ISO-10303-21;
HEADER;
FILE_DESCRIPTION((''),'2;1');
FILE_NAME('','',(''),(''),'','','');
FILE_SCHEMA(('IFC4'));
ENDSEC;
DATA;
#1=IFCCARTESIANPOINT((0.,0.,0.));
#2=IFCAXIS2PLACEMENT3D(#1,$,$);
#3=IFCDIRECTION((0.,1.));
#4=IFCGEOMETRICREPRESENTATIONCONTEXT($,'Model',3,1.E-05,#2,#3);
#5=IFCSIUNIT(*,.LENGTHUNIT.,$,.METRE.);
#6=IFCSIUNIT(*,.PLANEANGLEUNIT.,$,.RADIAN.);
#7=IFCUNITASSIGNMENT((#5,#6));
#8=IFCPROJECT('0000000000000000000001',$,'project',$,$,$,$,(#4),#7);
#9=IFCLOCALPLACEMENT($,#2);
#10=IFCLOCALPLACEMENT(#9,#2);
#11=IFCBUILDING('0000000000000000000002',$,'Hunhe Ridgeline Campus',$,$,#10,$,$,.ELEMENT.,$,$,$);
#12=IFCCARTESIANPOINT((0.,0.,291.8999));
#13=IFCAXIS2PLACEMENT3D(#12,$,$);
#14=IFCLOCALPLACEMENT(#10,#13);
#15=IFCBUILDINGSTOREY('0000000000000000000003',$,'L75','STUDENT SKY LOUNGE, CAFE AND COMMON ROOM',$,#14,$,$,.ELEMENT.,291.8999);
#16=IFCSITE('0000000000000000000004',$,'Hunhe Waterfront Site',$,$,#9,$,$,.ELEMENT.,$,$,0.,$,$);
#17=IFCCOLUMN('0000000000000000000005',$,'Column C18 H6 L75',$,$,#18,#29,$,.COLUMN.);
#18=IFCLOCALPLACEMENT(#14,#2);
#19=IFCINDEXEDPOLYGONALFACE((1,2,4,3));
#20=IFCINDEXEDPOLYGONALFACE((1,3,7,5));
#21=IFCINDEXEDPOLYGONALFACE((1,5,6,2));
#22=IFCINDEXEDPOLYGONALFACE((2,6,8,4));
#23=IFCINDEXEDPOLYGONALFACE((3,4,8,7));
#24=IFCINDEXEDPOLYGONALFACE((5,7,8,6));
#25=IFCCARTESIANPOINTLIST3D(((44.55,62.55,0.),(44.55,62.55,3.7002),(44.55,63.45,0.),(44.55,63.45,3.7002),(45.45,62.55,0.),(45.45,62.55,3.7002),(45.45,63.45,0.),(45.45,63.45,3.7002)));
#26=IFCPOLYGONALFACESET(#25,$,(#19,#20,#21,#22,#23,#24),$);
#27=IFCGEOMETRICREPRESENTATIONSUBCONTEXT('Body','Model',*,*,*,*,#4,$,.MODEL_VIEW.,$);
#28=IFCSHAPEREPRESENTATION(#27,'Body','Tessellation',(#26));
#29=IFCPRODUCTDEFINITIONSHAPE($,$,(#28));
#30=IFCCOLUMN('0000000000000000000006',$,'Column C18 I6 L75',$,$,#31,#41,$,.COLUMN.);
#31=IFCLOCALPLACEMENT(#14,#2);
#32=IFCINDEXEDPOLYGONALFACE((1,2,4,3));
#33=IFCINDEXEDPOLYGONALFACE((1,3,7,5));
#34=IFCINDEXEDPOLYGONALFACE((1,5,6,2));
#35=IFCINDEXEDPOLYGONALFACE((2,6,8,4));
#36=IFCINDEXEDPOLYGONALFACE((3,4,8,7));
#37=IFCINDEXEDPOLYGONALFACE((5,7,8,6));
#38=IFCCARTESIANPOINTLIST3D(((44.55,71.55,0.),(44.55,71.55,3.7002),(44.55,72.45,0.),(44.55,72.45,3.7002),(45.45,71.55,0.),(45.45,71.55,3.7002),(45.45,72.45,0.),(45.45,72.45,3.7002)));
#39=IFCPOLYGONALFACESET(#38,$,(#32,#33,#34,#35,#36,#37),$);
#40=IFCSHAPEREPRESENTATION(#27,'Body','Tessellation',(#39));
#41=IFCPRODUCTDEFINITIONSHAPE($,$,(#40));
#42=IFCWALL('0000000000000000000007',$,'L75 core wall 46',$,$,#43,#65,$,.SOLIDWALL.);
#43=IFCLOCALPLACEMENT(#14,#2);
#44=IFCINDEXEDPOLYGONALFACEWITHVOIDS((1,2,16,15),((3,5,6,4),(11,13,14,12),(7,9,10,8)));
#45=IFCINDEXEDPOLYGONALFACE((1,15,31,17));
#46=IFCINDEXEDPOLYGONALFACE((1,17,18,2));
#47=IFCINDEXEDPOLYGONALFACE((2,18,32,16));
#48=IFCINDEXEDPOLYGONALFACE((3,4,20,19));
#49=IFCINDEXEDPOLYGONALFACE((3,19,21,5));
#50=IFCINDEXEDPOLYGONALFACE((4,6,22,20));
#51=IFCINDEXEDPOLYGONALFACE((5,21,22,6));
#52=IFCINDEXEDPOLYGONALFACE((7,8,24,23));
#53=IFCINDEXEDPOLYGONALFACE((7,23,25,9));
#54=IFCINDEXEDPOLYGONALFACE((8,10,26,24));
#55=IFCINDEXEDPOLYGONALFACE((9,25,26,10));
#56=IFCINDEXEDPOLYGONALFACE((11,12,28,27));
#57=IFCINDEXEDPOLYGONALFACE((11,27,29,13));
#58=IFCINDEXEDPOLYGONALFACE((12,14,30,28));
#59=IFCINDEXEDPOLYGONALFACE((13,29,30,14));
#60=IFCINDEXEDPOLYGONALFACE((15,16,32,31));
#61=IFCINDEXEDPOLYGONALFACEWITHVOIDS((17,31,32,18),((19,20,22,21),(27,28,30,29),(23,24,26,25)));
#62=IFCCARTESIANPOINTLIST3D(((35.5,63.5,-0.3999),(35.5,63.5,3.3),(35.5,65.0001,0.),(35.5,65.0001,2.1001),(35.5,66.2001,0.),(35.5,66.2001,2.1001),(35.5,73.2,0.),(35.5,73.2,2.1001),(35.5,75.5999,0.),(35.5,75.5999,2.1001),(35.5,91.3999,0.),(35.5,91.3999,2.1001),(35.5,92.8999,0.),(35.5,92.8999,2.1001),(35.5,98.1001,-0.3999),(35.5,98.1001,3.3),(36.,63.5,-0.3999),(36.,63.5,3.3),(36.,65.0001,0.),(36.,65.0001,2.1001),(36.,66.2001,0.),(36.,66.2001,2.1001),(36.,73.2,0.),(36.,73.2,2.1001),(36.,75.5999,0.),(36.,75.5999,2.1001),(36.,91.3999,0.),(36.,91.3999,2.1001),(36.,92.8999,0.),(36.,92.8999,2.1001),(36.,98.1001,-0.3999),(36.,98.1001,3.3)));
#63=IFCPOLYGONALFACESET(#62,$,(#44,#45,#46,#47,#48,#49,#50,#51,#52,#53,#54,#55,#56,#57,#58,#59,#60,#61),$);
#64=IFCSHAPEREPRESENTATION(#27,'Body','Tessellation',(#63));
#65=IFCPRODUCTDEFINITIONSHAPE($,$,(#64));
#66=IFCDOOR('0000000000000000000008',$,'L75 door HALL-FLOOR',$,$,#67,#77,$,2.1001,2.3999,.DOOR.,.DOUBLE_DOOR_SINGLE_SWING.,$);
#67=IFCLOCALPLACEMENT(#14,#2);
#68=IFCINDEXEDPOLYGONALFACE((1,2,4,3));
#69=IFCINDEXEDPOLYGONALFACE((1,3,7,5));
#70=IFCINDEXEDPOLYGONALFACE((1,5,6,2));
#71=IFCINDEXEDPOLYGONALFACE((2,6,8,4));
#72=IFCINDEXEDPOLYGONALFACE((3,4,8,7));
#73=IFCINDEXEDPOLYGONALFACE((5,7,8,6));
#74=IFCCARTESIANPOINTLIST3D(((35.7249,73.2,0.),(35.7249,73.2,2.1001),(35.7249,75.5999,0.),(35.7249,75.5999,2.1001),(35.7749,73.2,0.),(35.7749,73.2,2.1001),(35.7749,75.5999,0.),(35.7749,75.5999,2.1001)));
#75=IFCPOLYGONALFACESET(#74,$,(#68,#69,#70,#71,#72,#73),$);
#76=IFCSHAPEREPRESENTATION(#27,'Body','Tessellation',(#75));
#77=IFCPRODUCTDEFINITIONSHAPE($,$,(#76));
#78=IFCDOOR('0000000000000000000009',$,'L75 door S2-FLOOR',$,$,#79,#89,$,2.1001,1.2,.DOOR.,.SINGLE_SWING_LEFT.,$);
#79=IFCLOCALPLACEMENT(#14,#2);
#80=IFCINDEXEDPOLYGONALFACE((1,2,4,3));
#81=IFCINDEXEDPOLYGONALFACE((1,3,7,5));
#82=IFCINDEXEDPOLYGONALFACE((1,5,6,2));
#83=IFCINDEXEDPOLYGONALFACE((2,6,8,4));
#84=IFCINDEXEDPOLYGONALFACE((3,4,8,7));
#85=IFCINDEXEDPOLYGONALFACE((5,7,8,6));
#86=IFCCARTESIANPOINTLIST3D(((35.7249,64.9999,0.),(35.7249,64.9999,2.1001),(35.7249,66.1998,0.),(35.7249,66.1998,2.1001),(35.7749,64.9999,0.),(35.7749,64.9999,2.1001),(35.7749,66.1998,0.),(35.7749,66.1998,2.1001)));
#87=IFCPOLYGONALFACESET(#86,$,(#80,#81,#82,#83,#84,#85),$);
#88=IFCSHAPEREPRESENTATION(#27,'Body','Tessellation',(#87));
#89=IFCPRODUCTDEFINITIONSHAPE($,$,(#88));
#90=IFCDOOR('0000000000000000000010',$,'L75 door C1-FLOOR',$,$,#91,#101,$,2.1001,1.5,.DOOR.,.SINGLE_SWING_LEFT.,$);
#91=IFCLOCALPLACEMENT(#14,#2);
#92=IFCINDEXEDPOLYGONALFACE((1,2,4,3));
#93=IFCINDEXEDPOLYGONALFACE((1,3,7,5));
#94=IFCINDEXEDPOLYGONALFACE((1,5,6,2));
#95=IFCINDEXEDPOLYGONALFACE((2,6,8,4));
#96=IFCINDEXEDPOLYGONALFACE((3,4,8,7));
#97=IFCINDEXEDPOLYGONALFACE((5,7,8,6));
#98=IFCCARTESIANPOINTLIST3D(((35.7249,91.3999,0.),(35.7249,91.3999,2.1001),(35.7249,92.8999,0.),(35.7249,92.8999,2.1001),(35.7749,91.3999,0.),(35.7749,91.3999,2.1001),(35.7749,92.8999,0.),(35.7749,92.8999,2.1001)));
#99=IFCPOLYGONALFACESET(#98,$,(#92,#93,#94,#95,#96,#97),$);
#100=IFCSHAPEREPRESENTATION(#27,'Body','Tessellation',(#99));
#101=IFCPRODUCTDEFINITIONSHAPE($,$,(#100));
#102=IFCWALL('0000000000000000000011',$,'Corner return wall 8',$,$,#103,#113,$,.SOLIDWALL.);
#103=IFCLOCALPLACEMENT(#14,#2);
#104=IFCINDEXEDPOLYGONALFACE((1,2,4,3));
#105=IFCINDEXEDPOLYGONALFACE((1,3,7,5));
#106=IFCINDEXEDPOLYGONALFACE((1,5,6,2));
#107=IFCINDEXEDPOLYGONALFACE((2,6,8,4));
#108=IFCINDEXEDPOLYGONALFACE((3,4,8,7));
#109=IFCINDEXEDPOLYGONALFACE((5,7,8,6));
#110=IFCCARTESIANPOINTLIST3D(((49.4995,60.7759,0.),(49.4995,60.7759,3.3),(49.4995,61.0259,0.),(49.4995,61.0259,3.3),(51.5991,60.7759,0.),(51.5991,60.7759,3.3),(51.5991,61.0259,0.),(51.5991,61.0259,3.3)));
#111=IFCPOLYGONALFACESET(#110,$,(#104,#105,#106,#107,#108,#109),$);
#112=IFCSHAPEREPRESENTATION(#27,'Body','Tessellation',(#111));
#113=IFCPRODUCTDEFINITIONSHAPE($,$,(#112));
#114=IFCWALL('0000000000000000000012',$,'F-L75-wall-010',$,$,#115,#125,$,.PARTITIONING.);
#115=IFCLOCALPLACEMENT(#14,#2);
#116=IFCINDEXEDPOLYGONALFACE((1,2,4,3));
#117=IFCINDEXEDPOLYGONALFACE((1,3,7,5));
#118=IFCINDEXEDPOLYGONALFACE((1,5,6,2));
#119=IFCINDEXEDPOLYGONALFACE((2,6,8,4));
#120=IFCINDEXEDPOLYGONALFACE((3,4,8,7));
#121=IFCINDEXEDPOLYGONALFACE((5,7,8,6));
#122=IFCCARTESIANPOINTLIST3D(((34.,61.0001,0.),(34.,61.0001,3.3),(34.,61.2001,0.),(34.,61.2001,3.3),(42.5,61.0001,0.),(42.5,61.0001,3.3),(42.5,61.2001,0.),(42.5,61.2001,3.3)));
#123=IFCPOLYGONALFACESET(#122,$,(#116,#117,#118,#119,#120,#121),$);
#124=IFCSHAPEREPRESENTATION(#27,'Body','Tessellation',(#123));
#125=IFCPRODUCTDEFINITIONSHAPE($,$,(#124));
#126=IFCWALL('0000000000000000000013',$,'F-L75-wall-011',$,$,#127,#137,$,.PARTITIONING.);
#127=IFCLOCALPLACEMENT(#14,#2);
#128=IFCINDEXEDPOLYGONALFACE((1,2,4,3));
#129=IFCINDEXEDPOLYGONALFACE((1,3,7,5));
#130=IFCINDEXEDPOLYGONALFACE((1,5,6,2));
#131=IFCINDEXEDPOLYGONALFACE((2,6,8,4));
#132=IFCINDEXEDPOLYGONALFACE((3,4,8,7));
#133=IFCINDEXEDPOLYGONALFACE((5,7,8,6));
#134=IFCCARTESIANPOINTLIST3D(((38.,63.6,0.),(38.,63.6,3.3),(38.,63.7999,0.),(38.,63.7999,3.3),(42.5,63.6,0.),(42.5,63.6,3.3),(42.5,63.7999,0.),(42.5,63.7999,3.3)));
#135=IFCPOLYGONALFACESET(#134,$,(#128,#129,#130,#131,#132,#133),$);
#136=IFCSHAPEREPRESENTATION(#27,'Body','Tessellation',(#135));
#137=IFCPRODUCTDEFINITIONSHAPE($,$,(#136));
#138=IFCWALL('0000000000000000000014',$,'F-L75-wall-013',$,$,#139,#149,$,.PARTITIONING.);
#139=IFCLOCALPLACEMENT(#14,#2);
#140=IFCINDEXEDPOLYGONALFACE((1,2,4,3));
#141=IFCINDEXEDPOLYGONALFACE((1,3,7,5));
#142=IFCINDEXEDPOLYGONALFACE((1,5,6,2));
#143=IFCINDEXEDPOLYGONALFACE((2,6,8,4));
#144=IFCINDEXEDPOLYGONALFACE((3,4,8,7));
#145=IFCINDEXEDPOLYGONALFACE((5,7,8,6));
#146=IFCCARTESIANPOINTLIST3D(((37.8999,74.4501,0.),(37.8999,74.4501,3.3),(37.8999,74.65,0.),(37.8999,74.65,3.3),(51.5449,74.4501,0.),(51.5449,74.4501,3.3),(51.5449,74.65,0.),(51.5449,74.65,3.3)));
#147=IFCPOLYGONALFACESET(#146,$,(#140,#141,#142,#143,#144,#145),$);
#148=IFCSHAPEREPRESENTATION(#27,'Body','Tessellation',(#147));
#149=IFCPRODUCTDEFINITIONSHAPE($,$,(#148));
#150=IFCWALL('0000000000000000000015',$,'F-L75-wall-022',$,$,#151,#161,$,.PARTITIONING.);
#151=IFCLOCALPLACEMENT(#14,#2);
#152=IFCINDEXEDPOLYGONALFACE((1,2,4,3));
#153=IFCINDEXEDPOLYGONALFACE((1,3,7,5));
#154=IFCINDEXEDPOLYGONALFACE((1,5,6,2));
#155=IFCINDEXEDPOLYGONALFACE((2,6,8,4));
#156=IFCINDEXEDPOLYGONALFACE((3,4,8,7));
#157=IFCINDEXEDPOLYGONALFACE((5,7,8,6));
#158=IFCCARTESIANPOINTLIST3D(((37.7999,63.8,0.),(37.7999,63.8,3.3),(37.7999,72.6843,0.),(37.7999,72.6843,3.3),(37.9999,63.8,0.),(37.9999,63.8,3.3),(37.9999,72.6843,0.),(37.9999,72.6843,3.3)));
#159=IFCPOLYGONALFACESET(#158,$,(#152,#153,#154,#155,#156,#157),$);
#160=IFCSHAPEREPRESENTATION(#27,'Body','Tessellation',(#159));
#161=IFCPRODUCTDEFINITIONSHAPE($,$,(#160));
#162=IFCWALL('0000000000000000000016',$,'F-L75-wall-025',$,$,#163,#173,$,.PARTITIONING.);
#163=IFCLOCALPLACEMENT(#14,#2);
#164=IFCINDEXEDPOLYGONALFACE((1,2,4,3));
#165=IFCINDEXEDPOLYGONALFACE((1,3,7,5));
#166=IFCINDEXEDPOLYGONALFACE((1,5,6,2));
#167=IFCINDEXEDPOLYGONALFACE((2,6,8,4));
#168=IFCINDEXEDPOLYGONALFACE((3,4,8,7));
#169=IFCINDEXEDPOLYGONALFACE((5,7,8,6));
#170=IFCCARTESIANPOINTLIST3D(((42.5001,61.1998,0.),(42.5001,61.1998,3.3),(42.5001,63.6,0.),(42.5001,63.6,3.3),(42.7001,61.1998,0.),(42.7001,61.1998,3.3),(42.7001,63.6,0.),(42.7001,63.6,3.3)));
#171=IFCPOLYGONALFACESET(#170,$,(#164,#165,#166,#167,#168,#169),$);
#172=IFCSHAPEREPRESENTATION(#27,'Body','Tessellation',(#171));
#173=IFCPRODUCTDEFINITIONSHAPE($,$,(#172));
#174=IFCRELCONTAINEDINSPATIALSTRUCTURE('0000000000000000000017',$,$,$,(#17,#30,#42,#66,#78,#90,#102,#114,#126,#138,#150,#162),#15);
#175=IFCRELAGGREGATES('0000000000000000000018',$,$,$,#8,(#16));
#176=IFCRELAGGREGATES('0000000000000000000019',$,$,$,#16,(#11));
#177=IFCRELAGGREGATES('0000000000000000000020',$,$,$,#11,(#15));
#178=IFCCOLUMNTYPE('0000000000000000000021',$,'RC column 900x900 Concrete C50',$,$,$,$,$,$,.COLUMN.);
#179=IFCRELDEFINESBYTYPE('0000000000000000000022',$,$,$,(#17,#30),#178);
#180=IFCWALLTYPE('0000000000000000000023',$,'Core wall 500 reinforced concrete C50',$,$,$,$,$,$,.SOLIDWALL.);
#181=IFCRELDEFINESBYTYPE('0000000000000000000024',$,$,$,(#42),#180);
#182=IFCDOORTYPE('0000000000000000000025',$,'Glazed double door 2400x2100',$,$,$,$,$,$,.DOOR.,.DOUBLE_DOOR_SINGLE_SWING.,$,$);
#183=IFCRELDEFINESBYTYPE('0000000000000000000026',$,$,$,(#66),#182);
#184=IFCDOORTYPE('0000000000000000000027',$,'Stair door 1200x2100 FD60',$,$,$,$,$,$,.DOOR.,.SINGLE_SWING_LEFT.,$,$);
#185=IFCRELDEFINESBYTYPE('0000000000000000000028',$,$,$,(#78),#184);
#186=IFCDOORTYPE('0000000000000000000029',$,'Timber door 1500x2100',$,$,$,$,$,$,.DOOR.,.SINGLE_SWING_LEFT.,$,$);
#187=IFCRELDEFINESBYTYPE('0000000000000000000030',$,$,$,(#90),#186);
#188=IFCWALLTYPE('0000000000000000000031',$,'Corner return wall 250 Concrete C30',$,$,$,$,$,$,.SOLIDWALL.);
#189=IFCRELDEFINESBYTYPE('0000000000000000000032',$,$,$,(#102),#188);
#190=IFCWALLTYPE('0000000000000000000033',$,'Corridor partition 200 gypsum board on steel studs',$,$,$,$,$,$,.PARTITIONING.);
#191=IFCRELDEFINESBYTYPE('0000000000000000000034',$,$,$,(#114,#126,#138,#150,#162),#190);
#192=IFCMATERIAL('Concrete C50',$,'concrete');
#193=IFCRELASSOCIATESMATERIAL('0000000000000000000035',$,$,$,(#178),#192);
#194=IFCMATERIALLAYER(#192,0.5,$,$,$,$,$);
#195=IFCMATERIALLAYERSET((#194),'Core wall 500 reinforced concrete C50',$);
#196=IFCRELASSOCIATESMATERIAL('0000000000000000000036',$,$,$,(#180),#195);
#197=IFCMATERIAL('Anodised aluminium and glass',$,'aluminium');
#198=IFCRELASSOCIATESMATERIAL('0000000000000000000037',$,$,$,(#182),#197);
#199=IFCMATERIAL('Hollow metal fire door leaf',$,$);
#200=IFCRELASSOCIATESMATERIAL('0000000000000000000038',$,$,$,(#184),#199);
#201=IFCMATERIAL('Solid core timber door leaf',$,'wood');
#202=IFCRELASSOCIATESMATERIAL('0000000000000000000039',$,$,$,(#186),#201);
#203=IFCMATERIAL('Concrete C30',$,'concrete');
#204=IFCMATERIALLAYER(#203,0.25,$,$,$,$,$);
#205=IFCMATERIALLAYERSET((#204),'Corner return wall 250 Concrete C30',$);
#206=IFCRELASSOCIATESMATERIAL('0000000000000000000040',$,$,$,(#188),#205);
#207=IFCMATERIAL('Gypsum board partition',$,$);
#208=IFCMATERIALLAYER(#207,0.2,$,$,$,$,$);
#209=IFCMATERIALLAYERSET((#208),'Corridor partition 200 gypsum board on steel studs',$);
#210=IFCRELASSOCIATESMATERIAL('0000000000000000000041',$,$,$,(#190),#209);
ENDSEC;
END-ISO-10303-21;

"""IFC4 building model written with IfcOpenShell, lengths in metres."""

from ifc_helpers import new_model, si_unit, direction, frame, frame_2d, origin, origin_2d, place, context, subcontext, project, spatial, rectangle, extrude, material, layer, layer_set, material_profile, profile_set, type_object, element, fill, save


model = new_model("IFC4")

# Units and contexts
model_context = context("Model", 3, precision=1e-05, world=origin(), true_north=direction((0.0, 1.0)))
body_context = subcontext(model_context, "Body", "Model", "MODEL_VIEW")
ifc_project = project(units=[si_unit("LENGTHUNIT", "METRE"), si_unit("PLANEANGLEUNIT", "RADIAN")], contexts=[model_context])

# Site, building, storey
site_placement = place(None, origin())
site = spatial("IfcSite", under=ifc_project, at=site_placement, Name="Hunhe Waterfront Site", CompositionType="ELEMENT", RefElevation=0.0)
building_placement = place(site_placement, origin())
building = spatial("IfcBuilding", under=site, at=building_placement, Name="Hunhe Ridgeline Campus", CompositionType="ELEMENT")
storey_placement = place(building_placement, frame((0.0, 0.0, 291.8999)))
storey = spatial("IfcBuildingStorey", under=building, at=storey_placement, Name="L75", Description="STUDENT SKY LOUNGE, CAFE AND COMMON ROOM", CompositionType="ELEMENT", Elevation=291.8999)

# Columns
ifc_material_1 = material(Name="Concrete C50", Category="concrete")
ifc_material_profile = material_profile(ifc_material_1, rectangle(XDim=0.8999, YDim=0.8999, at=origin_2d()))
ifc_profile_set = profile_set([ifc_material_profile], Name="Concrete C50")
column_type = type_object("IfcColumnType", Name="RC column 900x900 Concrete C50", PredefinedType="COLUMN", material=ifc_profile_set)
for number, where, z_axis, x_axis, name in (
    (1, (45.0, 63.0, 0.0), (0.0, 0.0, 1.0), (1.0, 0.0, 0.0), "Column C18 H6 L75"),
    (2, (45.0, 72.0, 0.0), (0.0, 0.0, 1.0), (1.0, 0.0, 0.0), "Column C18 I6 L75"),
):
    element("IfcColumn", number, at=place(storey_placement, frame(where, z_axis=z_axis, x_axis=x_axis)), inside=storey, type_object=column_type, Name=name, PredefinedType="COLUMN", context=body_context, shape_type="SweptSolid", body=[
        extrude(rectangle(XDim=0.8999, YDim=0.8999, at=origin_2d()), origin(), (0.0, 0.0, 1.0), 3.7002),
    ])

# Wall, openings, doors
ifc_layer_1 = layer(ifc_material_1, 0.5)
ifc_layer_set_1 = layer_set([ifc_layer_1], Name="Core wall 500 reinforced concrete C50")
wall_type_1 = type_object("IfcWallType", Name="Core wall 500 reinforced concrete C50", PredefinedType="SOLIDWALL", material=ifc_layer_set_1)
wall_1_placement = place(storey_placement, frame((35.75, 63.5, -0.3999), z_axis=(0.0, 0.0, 1.0), x_axis=(0.0, 1.0, 0.0)))
wall_1 = element("IfcWall", 3, at=wall_1_placement, inside=storey, type_object=wall_type_1, Name="L75 core wall 46", PredefinedType="SOLIDWALL", context=body_context, shape_type="SweptSolid", body=[
    extrude(rectangle(XDim=34.6001, YDim=0.5, at=frame_2d((17.3, 0.0))), origin(), (0.0, 0.0, 1.0), 3.7),
])
opening_1_placement = place(wall_1_placement, frame((9.7, 0.0, 0.3999)))
opening_1 = element("IfcOpeningElement", 4, at=opening_1_placement, cuts=wall_1, PredefinedType="OPENING", context=body_context, shape_type="SweptSolid", body=[
    extrude(rectangle(XDim=2.3999, YDim=2.1001, at=frame_2d((1.2, 1.05))), frame((0.0, 0.25, 0.0), z_axis=(0.0, -1.0, 0.0), x_axis=(1.0, 0.0, 0.0)), (0.0, 0.0, 1.0), 0.5),
])
opening_2_placement = place(wall_1_placement, frame((27.8999, 0.0, 0.3999)))
opening_2 = element("IfcOpeningElement", 5, at=opening_2_placement, cuts=wall_1, PredefinedType="OPENING", context=body_context, shape_type="SweptSolid", body=[
    extrude(rectangle(XDim=1.5, YDim=2.1001, at=frame_2d((0.75, 1.05))), frame((0.0, 0.25, 0.0), z_axis=(0.0, -1.0, 0.0), x_axis=(1.0, 0.0, 0.0)), (0.0, 0.0, 1.0), 0.5),
])
opening_3_placement = place(wall_1_placement, frame((1.5, 0.0, 0.3999)))
opening_3 = element("IfcOpeningElement", 6, at=opening_3_placement, cuts=wall_1, PredefinedType="OPENING", context=body_context, shape_type="SweptSolid", body=[
    extrude(rectangle(XDim=1.2, YDim=2.1001, at=frame_2d((0.6001, 1.05))), frame((0.0, 0.25, 0.0), z_axis=(0.0, -1.0, 0.0), x_axis=(1.0, 0.0, 0.0)), (0.0, 0.0, 1.0), 0.5),
])
ifc_material_2 = material(Name="Anodised aluminium and glass", Category="aluminium")
door_type_1 = type_object("IfcDoorType", Name="Glazed double door 2400x2100", OperationType="DOUBLE_DOOR_SINGLE_SWING", PredefinedType="DOOR", material=ifc_material_2)
door_1_placement = place(opening_1_placement, frame((2.3999, 0.0, 0.0), z_axis=(0.0, 0.0, 1.0), x_axis=(-1.0, 0.0, 0.0)))
door_1 = element("IfcDoor", 7, at=door_1_placement, inside=storey, type_object=door_type_1, Name="L75 door HALL-FLOOR", OperationType="DOUBLE_DOOR_SINGLE_SWING", OverallHeight=2.1001, OverallWidth=2.3999, PredefinedType="DOOR", context=body_context, shape_type="SweptSolid", body=[
    extrude(rectangle(XDim=2.3999, YDim=2.1001, at=frame_2d((1.2, 1.05))), frame((0.0, 0.0249, 0.0), z_axis=(0.0, -1.0, 0.0), x_axis=(1.0, 0.0, 0.0)), (0.0, 0.0, 1.0), 0.05),
])
fill(opening_1, door_1)
ifc_material_3 = material(Name="Hollow metal fire door leaf")
door_type_2 = type_object("IfcDoorType", Name="Stair door 1200x2100 FD60", OperationType="SINGLE_SWING_LEFT", PredefinedType="DOOR", material=ifc_material_3)
door_2_placement = place(opening_3_placement, frame((1.2, 0.0, 0.0), z_axis=(0.0, 0.0, 1.0), x_axis=(-1.0, 0.0, 0.0)))
door_2 = element("IfcDoor", 8, at=door_2_placement, inside=storey, type_object=door_type_2, Name="L75 door S2-FLOOR", OperationType="SINGLE_SWING_LEFT", OverallHeight=2.1001, OverallWidth=1.2, PredefinedType="DOOR", context=body_context, shape_type="SweptSolid", body=[
    extrude(rectangle(XDim=1.2, YDim=2.1001, at=frame_2d((0.6001, 1.05))), frame((0.0, 0.0249, 0.0), z_axis=(0.0, -1.0, 0.0), x_axis=(1.0, 0.0, 0.0)), (0.0, 0.0, 1.0), 0.05),
])
fill(opening_3, door_2)
ifc_material_4 = material(Name="Solid core timber door leaf", Category="wood")
door_type_3 = type_object("IfcDoorType", Name="Timber door 1500x2100", OperationType="SINGLE_SWING_LEFT", PredefinedType="DOOR", material=ifc_material_4)
door_3_placement = place(opening_2_placement, frame((1.5, 0.0, 0.0), z_axis=(0.0, 0.0, 1.0), x_axis=(-1.0, 0.0, 0.0)))
door_3 = element("IfcDoor", 9, at=door_3_placement, inside=storey, type_object=door_type_3, Name="L75 door C1-FLOOR", OperationType="SINGLE_SWING_LEFT", OverallHeight=2.1001, OverallWidth=1.5, PredefinedType="DOOR", context=body_context, shape_type="SweptSolid", body=[
    extrude(rectangle(XDim=1.5, YDim=2.1001, at=frame_2d((0.75, 1.05))), frame((0.0, 0.0249, 0.0), z_axis=(0.0, -1.0, 0.0), x_axis=(1.0, 0.0, 0.0)), (0.0, 0.0, 1.0), 0.05),
])
fill(opening_2, door_3)

# Walls
ifc_material_5 = material(Name="Concrete C30", Category="concrete")
ifc_layer_2 = layer(ifc_material_5, 0.25)
ifc_layer_set_2 = layer_set([ifc_layer_2], Name="Corner return wall 250 Concrete C30")
wall_type_2 = type_object("IfcWallType", Name="Corner return wall 250 Concrete C30", PredefinedType="SOLIDWALL", material=ifc_layer_set_2)
wall_2_placement = place(storey_placement, frame((49.4995, 60.9009, 0.0), z_axis=(0.0, 0.0, 1.0), x_axis=(1.0, 0.0, 0.0)))
element("IfcWall", 10, at=wall_2_placement, inside=storey, type_object=wall_type_2, Name="Corner return wall 8", PredefinedType="SOLIDWALL", context=body_context, shape_type="SweptSolid", body=[
    extrude(rectangle(XDim=2.0996, YDim=0.25, at=frame_2d((1.0498, 0.0))), origin(), (0.0, 0.0, 1.0), 3.3),
])
ifc_material_6 = material(Name="Gypsum board partition")
ifc_layer_3 = layer(ifc_material_6, 0.2)
ifc_layer_set_3 = layer_set([ifc_layer_3], Name="Corridor partition 200 gypsum board on steel studs")
wall_type_3 = type_object("IfcWallType", Name="Corridor partition 200 gypsum board on steel studs", PredefinedType="PARTITIONING", material=ifc_layer_set_3)
wall_3_placement = place(storey_placement, frame((42.5, 61.1001, 0.0), z_axis=(0.0, 0.0, 1.0), x_axis=(-1.0, 0.0, 0.0)))
element("IfcWall", 11, at=wall_3_placement, inside=storey, type_object=wall_type_3, Name="F-L75-wall-010", PredefinedType="PARTITIONING", context=body_context, shape_type="SweptSolid", body=[
    extrude(rectangle(XDim=8.5, YDim=0.2, at=frame_2d((4.25, 0.0))), origin(), (0.0, 0.0, 1.0), 3.3),
])
wall_4_placement = place(storey_placement, frame((38.0, 63.7, 0.0), z_axis=(0.0, 0.0, 1.0), x_axis=(1.0, 0.0, 0.0)))
element("IfcWall", 12, at=wall_4_placement, inside=storey, type_object=wall_type_3, Name="F-L75-wall-011", PredefinedType="PARTITIONING", context=body_context, shape_type="SweptSolid", body=[
    extrude(rectangle(XDim=4.5, YDim=0.2, at=frame_2d((2.25, 0.0))), origin(), (0.0, 0.0, 1.0), 3.3),
])

# Wall
wall_5_placement = place(storey_placement, frame((37.8999, 74.55, 0.0), z_axis=(0.0, 0.0, 1.0), x_axis=(1.0, 0.0, 0.0)))
element("IfcWall", 13, at=wall_5_placement, inside=storey, type_object=wall_type_3, Name="F-L75-wall-013", PredefinedType="PARTITIONING", context=body_context, shape_type="SweptSolid", body=[
    extrude(rectangle(XDim=13.645, YDim=0.2, at=frame_2d((6.8225, 0.0))), origin(), (0.0, 0.0, 1.0), 3.3),
])

# Walls
wall_6_placement = place(storey_placement, frame((37.8999, 72.6843, 0.0), z_axis=(0.0, 0.0, 1.0), x_axis=(0.0, -1.0, 0.0)))
element("IfcWall", 14, at=wall_6_placement, inside=storey, type_object=wall_type_3, Name="F-L75-wall-022", PredefinedType="PARTITIONING", context=body_context, shape_type="SweptSolid", body=[
    extrude(rectangle(XDim=8.8843, YDim=0.2, at=frame_2d((4.4421, 0.0))), origin(), (0.0, 0.0, 1.0), 3.3),
])
wall_7_placement = place(storey_placement, frame((42.6001, 63.6001, 0.0), z_axis=(0.0, 0.0, 1.0), x_axis=(0.0, -1.0, 0.0)))
element("IfcWall", 15, at=wall_7_placement, inside=storey, type_object=wall_type_3, Name="F-L75-wall-025", PredefinedType="PARTITIONING", context=body_context, shape_type="SweptSolid", body=[
    extrude(rectangle(XDim=2.4001, YDim=0.2, at=frame_2d((1.2002, 0.0))), origin(), (0.0, 0.0, 1.0), 3.3),
])

save(model, "model.ifc")
